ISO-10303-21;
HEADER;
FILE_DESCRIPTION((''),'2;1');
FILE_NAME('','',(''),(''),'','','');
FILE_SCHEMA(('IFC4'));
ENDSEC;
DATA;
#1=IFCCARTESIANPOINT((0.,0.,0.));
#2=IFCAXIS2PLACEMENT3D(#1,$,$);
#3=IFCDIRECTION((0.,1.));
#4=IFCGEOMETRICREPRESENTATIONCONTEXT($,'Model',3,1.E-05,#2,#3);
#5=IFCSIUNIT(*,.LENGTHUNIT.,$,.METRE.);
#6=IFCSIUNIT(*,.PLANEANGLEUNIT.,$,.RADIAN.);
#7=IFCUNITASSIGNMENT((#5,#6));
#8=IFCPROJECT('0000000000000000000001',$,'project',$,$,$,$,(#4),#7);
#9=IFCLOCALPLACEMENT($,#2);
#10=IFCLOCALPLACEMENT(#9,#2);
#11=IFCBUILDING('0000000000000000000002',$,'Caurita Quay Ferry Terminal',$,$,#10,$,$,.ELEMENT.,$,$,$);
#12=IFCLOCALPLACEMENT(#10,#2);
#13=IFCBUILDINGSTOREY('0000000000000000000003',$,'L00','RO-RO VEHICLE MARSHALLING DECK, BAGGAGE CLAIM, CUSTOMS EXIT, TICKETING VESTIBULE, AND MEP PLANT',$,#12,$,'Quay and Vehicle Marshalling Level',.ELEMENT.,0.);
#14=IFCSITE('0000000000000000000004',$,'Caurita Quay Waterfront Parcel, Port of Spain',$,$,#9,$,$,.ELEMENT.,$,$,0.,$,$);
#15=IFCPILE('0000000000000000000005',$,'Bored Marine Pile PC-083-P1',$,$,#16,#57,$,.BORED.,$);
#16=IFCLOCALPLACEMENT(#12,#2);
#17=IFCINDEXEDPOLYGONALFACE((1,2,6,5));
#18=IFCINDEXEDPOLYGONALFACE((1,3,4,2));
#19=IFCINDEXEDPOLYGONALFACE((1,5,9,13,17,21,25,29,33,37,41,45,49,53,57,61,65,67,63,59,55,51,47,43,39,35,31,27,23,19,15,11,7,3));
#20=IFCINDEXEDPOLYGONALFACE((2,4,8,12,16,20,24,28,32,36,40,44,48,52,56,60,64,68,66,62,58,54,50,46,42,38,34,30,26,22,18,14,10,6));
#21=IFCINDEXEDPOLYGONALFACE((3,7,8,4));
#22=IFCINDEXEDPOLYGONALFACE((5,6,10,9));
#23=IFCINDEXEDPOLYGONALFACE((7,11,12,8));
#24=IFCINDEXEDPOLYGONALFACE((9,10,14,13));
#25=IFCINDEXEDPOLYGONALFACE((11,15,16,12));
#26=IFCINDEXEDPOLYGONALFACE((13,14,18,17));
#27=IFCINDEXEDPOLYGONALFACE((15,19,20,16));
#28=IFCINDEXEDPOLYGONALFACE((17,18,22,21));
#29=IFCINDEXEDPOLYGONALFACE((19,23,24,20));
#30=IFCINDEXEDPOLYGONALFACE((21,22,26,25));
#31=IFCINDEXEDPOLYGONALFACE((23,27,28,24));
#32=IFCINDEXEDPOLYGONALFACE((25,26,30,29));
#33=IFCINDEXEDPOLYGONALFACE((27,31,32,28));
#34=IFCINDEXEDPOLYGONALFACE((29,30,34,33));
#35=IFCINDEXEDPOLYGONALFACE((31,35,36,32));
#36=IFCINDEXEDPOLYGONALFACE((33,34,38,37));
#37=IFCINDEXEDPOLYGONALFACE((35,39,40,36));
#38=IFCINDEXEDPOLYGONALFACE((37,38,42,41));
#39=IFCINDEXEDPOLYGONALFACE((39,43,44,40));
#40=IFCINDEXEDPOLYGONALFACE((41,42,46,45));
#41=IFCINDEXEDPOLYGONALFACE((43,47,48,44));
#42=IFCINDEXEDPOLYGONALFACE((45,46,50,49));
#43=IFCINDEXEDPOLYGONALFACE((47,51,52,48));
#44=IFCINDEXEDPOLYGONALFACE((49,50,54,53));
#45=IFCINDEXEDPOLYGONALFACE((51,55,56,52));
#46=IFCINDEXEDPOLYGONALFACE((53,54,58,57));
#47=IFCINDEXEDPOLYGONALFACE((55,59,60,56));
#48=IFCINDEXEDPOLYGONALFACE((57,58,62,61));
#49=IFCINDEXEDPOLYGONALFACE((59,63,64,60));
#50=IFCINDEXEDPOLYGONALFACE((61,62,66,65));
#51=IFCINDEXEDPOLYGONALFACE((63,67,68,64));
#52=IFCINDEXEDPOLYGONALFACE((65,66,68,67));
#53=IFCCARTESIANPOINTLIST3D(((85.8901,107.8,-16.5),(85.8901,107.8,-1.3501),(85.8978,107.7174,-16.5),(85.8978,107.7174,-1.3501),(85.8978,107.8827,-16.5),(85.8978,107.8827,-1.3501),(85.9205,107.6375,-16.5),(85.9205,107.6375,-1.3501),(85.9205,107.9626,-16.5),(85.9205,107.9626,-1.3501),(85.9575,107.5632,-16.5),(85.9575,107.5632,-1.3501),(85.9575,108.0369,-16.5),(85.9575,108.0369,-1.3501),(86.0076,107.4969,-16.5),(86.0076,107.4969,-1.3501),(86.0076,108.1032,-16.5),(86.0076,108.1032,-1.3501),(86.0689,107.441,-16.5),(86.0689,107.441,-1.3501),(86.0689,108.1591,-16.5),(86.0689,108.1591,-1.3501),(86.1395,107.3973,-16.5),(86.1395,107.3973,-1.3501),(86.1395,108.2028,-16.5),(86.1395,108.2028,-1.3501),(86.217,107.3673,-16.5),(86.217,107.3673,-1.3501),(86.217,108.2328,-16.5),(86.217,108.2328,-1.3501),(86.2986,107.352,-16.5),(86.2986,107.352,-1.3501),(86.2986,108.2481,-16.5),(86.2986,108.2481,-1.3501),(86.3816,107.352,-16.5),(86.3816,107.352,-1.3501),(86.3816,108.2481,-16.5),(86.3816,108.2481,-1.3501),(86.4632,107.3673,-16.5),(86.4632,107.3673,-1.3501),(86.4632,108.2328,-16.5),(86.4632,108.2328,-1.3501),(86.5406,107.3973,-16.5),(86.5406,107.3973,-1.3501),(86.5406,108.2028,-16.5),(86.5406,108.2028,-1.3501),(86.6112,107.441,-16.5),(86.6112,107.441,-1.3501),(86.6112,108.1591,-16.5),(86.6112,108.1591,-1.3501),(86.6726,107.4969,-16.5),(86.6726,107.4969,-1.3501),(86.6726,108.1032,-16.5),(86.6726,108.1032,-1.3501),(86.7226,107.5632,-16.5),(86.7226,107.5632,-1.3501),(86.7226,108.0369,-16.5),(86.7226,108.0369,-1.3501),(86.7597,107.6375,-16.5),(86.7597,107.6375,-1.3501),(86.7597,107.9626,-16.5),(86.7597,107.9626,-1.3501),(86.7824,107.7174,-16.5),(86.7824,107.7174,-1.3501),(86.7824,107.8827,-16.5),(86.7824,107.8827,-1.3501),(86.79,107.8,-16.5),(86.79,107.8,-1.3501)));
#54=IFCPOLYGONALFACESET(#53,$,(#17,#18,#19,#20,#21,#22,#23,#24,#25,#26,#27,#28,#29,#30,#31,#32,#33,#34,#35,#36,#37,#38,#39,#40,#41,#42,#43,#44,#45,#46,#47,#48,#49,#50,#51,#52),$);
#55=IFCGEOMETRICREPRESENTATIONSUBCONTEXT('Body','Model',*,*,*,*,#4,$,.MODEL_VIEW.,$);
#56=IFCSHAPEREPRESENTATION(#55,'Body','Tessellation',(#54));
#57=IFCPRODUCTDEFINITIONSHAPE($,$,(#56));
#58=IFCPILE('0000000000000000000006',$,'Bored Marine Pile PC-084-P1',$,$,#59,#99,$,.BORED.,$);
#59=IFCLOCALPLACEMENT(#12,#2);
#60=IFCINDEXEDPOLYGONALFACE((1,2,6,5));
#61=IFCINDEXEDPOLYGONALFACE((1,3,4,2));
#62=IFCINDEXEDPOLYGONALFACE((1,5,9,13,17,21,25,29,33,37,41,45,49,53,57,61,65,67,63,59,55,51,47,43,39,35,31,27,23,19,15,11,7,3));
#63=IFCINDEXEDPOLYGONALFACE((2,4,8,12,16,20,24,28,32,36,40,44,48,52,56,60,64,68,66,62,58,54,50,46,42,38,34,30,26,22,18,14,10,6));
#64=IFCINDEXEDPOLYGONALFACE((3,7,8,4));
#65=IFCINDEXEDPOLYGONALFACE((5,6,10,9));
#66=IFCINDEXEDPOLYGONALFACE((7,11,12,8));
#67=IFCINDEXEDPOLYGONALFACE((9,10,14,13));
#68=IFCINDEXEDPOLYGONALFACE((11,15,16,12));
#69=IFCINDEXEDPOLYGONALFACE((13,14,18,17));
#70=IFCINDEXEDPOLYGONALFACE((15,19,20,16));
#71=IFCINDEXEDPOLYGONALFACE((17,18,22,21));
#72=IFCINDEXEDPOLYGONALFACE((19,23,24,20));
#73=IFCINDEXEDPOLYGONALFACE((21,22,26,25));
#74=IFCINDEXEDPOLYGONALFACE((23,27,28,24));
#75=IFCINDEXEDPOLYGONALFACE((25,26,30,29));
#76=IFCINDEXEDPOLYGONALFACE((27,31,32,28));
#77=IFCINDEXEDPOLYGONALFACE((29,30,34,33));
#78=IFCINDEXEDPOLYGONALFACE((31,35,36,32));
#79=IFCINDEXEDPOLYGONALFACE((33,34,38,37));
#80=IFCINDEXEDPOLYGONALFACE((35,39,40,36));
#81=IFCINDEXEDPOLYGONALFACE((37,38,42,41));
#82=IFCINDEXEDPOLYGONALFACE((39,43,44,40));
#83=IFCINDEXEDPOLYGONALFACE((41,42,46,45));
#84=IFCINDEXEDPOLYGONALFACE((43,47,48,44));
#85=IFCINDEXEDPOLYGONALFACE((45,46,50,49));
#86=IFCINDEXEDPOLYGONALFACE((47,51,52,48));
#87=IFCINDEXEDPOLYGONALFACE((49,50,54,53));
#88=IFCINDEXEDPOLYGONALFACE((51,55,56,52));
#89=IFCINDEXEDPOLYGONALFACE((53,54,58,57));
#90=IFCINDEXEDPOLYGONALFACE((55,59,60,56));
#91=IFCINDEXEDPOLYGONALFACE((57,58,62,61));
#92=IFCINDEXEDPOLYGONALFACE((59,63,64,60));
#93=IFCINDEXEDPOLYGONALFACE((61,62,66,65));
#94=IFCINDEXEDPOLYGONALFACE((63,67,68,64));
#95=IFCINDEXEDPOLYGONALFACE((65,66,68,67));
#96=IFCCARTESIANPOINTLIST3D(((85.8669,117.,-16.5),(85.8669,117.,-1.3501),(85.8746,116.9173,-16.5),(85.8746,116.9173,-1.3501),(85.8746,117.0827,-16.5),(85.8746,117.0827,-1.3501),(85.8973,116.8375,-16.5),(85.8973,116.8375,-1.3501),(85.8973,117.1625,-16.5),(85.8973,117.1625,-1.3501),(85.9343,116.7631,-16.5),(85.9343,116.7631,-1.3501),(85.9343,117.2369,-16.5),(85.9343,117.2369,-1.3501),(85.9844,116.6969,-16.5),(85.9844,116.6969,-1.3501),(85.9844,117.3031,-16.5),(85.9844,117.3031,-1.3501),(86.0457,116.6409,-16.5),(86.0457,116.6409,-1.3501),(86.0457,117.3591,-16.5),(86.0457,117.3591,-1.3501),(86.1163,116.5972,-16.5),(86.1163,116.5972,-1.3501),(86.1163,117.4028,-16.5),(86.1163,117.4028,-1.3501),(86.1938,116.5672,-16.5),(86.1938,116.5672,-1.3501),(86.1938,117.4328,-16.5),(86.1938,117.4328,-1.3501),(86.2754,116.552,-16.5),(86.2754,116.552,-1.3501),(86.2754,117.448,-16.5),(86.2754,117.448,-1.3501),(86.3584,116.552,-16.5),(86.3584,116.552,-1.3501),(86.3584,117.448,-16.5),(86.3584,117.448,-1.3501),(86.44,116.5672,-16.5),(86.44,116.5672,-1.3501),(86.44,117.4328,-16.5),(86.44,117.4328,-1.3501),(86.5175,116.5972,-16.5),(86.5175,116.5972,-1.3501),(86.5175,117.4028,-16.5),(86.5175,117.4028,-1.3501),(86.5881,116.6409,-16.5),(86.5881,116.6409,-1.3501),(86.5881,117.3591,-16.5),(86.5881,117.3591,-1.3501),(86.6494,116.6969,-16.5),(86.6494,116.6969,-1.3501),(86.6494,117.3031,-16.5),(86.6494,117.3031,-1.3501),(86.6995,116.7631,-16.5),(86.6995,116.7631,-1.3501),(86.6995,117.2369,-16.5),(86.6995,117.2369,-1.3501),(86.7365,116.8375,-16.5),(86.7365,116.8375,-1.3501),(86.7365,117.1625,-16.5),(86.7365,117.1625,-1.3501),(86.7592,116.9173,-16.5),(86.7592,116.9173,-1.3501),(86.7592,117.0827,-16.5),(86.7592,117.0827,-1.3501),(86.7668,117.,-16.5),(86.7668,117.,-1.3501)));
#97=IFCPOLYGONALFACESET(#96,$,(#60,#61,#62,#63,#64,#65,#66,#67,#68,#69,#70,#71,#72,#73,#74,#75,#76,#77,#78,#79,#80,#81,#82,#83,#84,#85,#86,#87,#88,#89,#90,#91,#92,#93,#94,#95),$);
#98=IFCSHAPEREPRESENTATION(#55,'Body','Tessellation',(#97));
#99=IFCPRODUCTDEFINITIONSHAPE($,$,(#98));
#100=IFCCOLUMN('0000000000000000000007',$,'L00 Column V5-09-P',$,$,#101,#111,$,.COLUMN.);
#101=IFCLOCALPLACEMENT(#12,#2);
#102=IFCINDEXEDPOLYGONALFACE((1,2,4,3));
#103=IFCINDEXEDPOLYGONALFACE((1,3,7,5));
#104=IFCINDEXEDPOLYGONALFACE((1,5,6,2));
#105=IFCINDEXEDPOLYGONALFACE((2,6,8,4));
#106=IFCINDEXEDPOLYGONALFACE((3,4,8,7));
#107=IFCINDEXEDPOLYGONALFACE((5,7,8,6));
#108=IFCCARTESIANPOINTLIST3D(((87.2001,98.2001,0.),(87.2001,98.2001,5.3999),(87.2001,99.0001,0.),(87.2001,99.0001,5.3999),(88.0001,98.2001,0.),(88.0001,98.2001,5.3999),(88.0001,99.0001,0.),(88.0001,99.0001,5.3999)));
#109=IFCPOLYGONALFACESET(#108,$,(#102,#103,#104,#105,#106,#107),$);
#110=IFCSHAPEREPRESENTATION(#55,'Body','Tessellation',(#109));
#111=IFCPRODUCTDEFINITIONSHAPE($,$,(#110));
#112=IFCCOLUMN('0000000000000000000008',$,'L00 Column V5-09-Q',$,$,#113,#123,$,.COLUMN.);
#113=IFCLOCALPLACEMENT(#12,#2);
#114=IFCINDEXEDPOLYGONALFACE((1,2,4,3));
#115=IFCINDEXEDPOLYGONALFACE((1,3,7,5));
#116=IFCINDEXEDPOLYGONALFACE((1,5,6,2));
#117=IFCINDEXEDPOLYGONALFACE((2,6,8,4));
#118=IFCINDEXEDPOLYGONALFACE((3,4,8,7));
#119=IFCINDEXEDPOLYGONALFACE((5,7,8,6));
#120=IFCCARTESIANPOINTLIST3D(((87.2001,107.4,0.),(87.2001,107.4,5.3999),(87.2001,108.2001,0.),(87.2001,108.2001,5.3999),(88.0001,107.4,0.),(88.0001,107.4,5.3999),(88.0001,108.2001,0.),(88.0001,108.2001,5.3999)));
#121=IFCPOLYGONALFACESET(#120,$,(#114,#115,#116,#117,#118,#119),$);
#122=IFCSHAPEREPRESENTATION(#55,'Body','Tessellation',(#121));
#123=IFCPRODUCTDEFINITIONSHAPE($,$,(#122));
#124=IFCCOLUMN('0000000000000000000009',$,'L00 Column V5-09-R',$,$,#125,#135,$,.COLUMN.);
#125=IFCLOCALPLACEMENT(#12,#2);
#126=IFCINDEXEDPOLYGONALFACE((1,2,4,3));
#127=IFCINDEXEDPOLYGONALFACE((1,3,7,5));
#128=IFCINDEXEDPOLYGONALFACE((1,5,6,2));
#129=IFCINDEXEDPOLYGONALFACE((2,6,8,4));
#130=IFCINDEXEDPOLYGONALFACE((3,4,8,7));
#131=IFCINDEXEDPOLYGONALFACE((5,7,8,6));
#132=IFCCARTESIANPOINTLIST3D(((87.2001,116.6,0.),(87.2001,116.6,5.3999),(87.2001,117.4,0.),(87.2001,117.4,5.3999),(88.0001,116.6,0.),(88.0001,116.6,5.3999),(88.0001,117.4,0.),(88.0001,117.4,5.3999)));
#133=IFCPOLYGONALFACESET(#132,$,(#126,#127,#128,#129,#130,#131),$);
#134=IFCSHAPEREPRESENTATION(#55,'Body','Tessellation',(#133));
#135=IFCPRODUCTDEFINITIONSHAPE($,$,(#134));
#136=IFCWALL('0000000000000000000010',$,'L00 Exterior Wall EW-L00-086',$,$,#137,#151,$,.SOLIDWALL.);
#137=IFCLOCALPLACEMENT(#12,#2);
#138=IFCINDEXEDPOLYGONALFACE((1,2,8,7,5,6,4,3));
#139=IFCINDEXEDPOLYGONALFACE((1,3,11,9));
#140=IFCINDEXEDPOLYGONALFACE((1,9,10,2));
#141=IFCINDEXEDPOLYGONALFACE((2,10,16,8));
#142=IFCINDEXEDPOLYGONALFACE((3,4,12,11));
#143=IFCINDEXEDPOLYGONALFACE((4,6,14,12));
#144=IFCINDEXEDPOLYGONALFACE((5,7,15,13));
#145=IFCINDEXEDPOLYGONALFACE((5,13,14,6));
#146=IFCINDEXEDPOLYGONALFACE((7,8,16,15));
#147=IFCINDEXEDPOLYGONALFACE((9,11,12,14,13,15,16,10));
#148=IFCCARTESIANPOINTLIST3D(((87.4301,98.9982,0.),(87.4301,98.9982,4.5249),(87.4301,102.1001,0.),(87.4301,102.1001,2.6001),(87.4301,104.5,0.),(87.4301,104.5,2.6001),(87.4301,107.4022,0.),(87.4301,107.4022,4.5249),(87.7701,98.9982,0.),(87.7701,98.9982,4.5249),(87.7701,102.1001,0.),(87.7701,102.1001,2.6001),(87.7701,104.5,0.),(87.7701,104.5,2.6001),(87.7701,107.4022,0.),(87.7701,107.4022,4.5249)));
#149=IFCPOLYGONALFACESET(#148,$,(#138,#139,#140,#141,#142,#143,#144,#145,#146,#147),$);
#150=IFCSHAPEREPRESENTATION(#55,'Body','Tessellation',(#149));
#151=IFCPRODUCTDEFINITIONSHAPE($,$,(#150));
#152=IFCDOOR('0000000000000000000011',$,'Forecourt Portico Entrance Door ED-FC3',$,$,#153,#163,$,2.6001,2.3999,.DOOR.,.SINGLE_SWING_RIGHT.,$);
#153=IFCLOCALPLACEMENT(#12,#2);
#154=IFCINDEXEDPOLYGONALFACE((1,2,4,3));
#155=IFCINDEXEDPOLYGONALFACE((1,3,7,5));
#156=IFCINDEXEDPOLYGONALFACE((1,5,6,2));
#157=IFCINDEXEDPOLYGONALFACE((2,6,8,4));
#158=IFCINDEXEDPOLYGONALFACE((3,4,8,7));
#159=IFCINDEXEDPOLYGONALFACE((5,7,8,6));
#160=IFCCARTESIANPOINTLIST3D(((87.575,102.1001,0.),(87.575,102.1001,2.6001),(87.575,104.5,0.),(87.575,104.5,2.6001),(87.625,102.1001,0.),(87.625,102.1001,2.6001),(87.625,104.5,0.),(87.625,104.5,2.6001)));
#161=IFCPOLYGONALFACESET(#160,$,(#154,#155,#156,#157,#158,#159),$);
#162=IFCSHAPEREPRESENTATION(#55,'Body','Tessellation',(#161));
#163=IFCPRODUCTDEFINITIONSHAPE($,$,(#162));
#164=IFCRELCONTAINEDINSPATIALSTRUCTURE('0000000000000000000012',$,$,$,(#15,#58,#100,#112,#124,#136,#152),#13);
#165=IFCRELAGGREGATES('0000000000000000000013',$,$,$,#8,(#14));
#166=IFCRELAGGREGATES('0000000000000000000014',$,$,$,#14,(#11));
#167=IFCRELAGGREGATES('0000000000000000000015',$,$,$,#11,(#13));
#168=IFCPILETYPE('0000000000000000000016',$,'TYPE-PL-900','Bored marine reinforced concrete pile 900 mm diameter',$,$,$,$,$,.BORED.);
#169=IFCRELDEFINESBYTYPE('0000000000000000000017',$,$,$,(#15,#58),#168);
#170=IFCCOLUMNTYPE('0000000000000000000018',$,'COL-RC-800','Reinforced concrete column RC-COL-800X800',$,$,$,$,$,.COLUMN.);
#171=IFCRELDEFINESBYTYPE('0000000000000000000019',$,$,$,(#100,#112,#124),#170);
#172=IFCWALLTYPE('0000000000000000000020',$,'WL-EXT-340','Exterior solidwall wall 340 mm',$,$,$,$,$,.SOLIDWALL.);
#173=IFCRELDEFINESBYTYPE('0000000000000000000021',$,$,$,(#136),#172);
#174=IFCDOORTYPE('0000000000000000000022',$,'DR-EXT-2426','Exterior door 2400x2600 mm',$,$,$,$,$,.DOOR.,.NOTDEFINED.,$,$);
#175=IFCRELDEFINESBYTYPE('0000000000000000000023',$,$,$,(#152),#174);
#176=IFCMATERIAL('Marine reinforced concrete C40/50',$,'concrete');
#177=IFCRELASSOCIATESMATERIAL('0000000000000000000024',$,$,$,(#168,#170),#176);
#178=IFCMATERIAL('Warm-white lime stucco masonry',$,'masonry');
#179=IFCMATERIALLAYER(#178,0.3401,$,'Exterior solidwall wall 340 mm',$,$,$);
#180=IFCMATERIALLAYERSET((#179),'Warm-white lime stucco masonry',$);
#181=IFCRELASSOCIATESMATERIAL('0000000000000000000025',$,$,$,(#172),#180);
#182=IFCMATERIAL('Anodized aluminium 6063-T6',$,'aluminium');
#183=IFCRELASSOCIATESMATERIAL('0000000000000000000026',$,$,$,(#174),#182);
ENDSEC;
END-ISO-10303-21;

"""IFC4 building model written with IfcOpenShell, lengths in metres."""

from ifc_helpers import new_model, si_unit, direction, frame, frame_2d, origin, origin_2d, place, context, subcontext, project, spatial, rectangle, circle, extrude, material, layer, layer_set, material_profile, profile_set, type_object, element, fill, save


model = new_model("IFC4")

# Units and contexts
model_context = context("Model", 3, precision=1e-05, world=origin(), true_north=direction((0.0, 1.0)))
body_context = subcontext(model_context, "Body", "Model", "MODEL_VIEW")
ifc_project = project(units=[si_unit("LENGTHUNIT", "METRE"), si_unit("PLANEANGLEUNIT", "RADIAN")], contexts=[model_context])

# Site, building, storey
site_placement = place(None, origin())
site = spatial("IfcSite", under=ifc_project, at=site_placement, Name="Caurita Quay Waterfront Parcel, Port of Spain", CompositionType="ELEMENT", RefElevation=0.0)
building_placement = place(site_placement, origin())
building = spatial("IfcBuilding", under=site, at=building_placement, Name="Caurita Quay Ferry Terminal", CompositionType="ELEMENT")
storey_placement = place(building_placement, origin())
storey = spatial("IfcBuildingStorey", under=building, at=storey_placement, Name="L00", Description="RO-RO VEHICLE MARSHALLING DECK, BAGGAGE CLAIM, CUSTOMS EXIT, TICKETING VESTIBULE, AND MEP PLANT", LongName="Quay and Vehicle Marshalling Level", CompositionType="ELEMENT", Elevation=0.0)

# Piles
ifc_material_1 = material(Name="Marine reinforced concrete C40/50", Category="concrete")
ifc_material_profile_1 = material_profile(ifc_material_1, circle(Radius=0.45, at=origin_2d()), Name="PILE-D900")
ifc_profile_set_1 = profile_set([ifc_material_profile_1], Name="Marine reinforced concrete C40/50")
pile_type = type_object("IfcPileType", Name="TYPE-PL-900", Description="Bored marine reinforced concrete pile 900 mm diameter", PredefinedType="BORED", material=ifc_profile_set_1)
for number, where, z_axis, x_axis, name in (
    (1, (86.3401, 107.8, -1.3501), (0.0, 0.0, -1.0), (1.0, 0.0, 0.0), "Bored Marine Pile PC-083-P1"),
    (2, (86.3169, 117.0, -1.3501), (0.0, 0.0, -1.0), (1.0, 0.0, 0.0), "Bored Marine Pile PC-084-P1"),
):
    element("IfcPile", number, at=place(storey_placement, frame(where, z_axis=z_axis, x_axis=x_axis)), inside=storey, type_object=pile_type, Name=name, PredefinedType="BORED", context=body_context, shape_type="SweptSolid", body=[
        extrude(circle(Radius=0.45, at=origin_2d()), origin(), (0.0, 0.0, 1.0), 15.1499),
    ])

# Columns
ifc_material_profile_2 = material_profile(ifc_material_1, rectangle(XDim=0.8, YDim=0.8, at=origin_2d()), Name="RC-COL-800X800")
ifc_profile_set_2 = profile_set([ifc_material_profile_2], Name="Marine reinforced concrete C40/50")
column_type = type_object("IfcColumnType", Name="COL-RC-800", Description="Reinforced concrete column RC-COL-800X800", PredefinedType="COLUMN", material=ifc_profile_set_2)
for number, where, z_axis, x_axis, name in (
    (3, (87.6001, 98.6001, 0.0), (0.0, 0.0, 1.0), (1.0, 0.0, 0.0), "L00 Column V5-09-P"),
    (4, (87.6001, 107.8, 0.0), (0.0, 0.0, 1.0), (1.0, 0.0, 0.0), "L00 Column V5-09-Q"),
    (5, (87.6001, 117.0, 0.0), (0.0, 0.0, 1.0), (1.0, 0.0, 0.0), "L00 Column V5-09-R"),
):
    element("IfcColumn", number, at=place(storey_placement, frame(where, z_axis=z_axis, x_axis=x_axis)), inside=storey, type_object=column_type, Name=name, PredefinedType="COLUMN", context=body_context, shape_type="SweptSolid", body=[
        extrude(rectangle(XDim=0.8, YDim=0.8, at=origin_2d()), origin(), (0.0, 0.0, 1.0), 5.3999),
    ])

# Wall, opening, door
ifc_material_2 = material(Name="Warm-white lime stucco masonry", Category="masonry")
ifc_layer_1 = layer(ifc_material_2, 0.3401, Name="Exterior solidwall wall 340 mm")
ifc_layer_set_1 = layer_set([ifc_layer_1], Name="Warm-white lime stucco masonry")
wall_type_1 = type_object("IfcWallType", Name="WL-EXT-340", Description="Exterior solidwall wall 340 mm", PredefinedType="SOLIDWALL", material=ifc_layer_set_1)
wall_1_placement = place(storey_placement, frame((87.6001, 98.998, 0.0), z_axis=(0.0, 0.0, 1.0), x_axis=(0.0, 1.0, 0.0)))
wall_1 = element("IfcWall", 6, at=wall_1_placement, inside=storey, type_object=wall_type_1, Name="L00 Exterior Wall EW-L00-086", PredefinedType="SOLIDWALL", context=body_context, shape_type="SweptSolid", body=[
    extrude(rectangle(XDim=8.4041, YDim=0.3401, at=frame_2d((4.2021, 0.0))), origin(), (0.0, 0.0, 1.0), 4.5249),
])
opening_1_placement = place(wall_1_placement, frame((3.1021, 0.0, 0.0)))
opening_1 = element("IfcOpeningElement", 7, at=opening_1_placement, cuts=wall_1, PredefinedType="OPENING", context=body_context, shape_type="SweptSolid", body=[
    extrude(rectangle(XDim=2.3999, YDim=2.6001, at=frame_2d((1.2, 1.3))), frame((0.0, 0.1799, 0.0), z_axis=(0.0, -1.0, 0.0), x_axis=(1.0, 0.0, 0.0)), (0.0, 0.0, 1.0), 0.3601),
])
ifc_material_3 = material(Name="Anodized aluminium 6063-T6", Category="aluminium")
door_type = type_object("IfcDoorType", Name="DR-EXT-2426", Description="Exterior door 2400x2600 mm", OperationType="NOTDEFINED", PredefinedType="DOOR", material=ifc_material_3)
door_1_placement = place(opening_1_placement, frame((2.3999, 0.0, 0.0), z_axis=(0.0, 0.0, 1.0), x_axis=(-1.0, 0.0, 0.0)))
door_1 = element("IfcDoor", 8, at=door_1_placement, inside=storey, type_object=door_type, Name="Forecourt Portico Entrance Door ED-FC3", OperationType="SINGLE_SWING_RIGHT", OverallHeight=2.6001, OverallWidth=2.3999, PredefinedType="DOOR", context=body_context, shape_type="SweptSolid", body=[
    extrude(rectangle(XDim=2.3999, YDim=2.6001, at=frame_2d((1.2, 1.3))), frame((0.0, 0.0249, 0.0), z_axis=(0.0, -1.0, 0.0), x_axis=(1.0, 0.0, 0.0)), (0.0, 0.0, 1.0), 0.05),
])
fill(opening_1, door_1)

save(model, "model.ifc")
